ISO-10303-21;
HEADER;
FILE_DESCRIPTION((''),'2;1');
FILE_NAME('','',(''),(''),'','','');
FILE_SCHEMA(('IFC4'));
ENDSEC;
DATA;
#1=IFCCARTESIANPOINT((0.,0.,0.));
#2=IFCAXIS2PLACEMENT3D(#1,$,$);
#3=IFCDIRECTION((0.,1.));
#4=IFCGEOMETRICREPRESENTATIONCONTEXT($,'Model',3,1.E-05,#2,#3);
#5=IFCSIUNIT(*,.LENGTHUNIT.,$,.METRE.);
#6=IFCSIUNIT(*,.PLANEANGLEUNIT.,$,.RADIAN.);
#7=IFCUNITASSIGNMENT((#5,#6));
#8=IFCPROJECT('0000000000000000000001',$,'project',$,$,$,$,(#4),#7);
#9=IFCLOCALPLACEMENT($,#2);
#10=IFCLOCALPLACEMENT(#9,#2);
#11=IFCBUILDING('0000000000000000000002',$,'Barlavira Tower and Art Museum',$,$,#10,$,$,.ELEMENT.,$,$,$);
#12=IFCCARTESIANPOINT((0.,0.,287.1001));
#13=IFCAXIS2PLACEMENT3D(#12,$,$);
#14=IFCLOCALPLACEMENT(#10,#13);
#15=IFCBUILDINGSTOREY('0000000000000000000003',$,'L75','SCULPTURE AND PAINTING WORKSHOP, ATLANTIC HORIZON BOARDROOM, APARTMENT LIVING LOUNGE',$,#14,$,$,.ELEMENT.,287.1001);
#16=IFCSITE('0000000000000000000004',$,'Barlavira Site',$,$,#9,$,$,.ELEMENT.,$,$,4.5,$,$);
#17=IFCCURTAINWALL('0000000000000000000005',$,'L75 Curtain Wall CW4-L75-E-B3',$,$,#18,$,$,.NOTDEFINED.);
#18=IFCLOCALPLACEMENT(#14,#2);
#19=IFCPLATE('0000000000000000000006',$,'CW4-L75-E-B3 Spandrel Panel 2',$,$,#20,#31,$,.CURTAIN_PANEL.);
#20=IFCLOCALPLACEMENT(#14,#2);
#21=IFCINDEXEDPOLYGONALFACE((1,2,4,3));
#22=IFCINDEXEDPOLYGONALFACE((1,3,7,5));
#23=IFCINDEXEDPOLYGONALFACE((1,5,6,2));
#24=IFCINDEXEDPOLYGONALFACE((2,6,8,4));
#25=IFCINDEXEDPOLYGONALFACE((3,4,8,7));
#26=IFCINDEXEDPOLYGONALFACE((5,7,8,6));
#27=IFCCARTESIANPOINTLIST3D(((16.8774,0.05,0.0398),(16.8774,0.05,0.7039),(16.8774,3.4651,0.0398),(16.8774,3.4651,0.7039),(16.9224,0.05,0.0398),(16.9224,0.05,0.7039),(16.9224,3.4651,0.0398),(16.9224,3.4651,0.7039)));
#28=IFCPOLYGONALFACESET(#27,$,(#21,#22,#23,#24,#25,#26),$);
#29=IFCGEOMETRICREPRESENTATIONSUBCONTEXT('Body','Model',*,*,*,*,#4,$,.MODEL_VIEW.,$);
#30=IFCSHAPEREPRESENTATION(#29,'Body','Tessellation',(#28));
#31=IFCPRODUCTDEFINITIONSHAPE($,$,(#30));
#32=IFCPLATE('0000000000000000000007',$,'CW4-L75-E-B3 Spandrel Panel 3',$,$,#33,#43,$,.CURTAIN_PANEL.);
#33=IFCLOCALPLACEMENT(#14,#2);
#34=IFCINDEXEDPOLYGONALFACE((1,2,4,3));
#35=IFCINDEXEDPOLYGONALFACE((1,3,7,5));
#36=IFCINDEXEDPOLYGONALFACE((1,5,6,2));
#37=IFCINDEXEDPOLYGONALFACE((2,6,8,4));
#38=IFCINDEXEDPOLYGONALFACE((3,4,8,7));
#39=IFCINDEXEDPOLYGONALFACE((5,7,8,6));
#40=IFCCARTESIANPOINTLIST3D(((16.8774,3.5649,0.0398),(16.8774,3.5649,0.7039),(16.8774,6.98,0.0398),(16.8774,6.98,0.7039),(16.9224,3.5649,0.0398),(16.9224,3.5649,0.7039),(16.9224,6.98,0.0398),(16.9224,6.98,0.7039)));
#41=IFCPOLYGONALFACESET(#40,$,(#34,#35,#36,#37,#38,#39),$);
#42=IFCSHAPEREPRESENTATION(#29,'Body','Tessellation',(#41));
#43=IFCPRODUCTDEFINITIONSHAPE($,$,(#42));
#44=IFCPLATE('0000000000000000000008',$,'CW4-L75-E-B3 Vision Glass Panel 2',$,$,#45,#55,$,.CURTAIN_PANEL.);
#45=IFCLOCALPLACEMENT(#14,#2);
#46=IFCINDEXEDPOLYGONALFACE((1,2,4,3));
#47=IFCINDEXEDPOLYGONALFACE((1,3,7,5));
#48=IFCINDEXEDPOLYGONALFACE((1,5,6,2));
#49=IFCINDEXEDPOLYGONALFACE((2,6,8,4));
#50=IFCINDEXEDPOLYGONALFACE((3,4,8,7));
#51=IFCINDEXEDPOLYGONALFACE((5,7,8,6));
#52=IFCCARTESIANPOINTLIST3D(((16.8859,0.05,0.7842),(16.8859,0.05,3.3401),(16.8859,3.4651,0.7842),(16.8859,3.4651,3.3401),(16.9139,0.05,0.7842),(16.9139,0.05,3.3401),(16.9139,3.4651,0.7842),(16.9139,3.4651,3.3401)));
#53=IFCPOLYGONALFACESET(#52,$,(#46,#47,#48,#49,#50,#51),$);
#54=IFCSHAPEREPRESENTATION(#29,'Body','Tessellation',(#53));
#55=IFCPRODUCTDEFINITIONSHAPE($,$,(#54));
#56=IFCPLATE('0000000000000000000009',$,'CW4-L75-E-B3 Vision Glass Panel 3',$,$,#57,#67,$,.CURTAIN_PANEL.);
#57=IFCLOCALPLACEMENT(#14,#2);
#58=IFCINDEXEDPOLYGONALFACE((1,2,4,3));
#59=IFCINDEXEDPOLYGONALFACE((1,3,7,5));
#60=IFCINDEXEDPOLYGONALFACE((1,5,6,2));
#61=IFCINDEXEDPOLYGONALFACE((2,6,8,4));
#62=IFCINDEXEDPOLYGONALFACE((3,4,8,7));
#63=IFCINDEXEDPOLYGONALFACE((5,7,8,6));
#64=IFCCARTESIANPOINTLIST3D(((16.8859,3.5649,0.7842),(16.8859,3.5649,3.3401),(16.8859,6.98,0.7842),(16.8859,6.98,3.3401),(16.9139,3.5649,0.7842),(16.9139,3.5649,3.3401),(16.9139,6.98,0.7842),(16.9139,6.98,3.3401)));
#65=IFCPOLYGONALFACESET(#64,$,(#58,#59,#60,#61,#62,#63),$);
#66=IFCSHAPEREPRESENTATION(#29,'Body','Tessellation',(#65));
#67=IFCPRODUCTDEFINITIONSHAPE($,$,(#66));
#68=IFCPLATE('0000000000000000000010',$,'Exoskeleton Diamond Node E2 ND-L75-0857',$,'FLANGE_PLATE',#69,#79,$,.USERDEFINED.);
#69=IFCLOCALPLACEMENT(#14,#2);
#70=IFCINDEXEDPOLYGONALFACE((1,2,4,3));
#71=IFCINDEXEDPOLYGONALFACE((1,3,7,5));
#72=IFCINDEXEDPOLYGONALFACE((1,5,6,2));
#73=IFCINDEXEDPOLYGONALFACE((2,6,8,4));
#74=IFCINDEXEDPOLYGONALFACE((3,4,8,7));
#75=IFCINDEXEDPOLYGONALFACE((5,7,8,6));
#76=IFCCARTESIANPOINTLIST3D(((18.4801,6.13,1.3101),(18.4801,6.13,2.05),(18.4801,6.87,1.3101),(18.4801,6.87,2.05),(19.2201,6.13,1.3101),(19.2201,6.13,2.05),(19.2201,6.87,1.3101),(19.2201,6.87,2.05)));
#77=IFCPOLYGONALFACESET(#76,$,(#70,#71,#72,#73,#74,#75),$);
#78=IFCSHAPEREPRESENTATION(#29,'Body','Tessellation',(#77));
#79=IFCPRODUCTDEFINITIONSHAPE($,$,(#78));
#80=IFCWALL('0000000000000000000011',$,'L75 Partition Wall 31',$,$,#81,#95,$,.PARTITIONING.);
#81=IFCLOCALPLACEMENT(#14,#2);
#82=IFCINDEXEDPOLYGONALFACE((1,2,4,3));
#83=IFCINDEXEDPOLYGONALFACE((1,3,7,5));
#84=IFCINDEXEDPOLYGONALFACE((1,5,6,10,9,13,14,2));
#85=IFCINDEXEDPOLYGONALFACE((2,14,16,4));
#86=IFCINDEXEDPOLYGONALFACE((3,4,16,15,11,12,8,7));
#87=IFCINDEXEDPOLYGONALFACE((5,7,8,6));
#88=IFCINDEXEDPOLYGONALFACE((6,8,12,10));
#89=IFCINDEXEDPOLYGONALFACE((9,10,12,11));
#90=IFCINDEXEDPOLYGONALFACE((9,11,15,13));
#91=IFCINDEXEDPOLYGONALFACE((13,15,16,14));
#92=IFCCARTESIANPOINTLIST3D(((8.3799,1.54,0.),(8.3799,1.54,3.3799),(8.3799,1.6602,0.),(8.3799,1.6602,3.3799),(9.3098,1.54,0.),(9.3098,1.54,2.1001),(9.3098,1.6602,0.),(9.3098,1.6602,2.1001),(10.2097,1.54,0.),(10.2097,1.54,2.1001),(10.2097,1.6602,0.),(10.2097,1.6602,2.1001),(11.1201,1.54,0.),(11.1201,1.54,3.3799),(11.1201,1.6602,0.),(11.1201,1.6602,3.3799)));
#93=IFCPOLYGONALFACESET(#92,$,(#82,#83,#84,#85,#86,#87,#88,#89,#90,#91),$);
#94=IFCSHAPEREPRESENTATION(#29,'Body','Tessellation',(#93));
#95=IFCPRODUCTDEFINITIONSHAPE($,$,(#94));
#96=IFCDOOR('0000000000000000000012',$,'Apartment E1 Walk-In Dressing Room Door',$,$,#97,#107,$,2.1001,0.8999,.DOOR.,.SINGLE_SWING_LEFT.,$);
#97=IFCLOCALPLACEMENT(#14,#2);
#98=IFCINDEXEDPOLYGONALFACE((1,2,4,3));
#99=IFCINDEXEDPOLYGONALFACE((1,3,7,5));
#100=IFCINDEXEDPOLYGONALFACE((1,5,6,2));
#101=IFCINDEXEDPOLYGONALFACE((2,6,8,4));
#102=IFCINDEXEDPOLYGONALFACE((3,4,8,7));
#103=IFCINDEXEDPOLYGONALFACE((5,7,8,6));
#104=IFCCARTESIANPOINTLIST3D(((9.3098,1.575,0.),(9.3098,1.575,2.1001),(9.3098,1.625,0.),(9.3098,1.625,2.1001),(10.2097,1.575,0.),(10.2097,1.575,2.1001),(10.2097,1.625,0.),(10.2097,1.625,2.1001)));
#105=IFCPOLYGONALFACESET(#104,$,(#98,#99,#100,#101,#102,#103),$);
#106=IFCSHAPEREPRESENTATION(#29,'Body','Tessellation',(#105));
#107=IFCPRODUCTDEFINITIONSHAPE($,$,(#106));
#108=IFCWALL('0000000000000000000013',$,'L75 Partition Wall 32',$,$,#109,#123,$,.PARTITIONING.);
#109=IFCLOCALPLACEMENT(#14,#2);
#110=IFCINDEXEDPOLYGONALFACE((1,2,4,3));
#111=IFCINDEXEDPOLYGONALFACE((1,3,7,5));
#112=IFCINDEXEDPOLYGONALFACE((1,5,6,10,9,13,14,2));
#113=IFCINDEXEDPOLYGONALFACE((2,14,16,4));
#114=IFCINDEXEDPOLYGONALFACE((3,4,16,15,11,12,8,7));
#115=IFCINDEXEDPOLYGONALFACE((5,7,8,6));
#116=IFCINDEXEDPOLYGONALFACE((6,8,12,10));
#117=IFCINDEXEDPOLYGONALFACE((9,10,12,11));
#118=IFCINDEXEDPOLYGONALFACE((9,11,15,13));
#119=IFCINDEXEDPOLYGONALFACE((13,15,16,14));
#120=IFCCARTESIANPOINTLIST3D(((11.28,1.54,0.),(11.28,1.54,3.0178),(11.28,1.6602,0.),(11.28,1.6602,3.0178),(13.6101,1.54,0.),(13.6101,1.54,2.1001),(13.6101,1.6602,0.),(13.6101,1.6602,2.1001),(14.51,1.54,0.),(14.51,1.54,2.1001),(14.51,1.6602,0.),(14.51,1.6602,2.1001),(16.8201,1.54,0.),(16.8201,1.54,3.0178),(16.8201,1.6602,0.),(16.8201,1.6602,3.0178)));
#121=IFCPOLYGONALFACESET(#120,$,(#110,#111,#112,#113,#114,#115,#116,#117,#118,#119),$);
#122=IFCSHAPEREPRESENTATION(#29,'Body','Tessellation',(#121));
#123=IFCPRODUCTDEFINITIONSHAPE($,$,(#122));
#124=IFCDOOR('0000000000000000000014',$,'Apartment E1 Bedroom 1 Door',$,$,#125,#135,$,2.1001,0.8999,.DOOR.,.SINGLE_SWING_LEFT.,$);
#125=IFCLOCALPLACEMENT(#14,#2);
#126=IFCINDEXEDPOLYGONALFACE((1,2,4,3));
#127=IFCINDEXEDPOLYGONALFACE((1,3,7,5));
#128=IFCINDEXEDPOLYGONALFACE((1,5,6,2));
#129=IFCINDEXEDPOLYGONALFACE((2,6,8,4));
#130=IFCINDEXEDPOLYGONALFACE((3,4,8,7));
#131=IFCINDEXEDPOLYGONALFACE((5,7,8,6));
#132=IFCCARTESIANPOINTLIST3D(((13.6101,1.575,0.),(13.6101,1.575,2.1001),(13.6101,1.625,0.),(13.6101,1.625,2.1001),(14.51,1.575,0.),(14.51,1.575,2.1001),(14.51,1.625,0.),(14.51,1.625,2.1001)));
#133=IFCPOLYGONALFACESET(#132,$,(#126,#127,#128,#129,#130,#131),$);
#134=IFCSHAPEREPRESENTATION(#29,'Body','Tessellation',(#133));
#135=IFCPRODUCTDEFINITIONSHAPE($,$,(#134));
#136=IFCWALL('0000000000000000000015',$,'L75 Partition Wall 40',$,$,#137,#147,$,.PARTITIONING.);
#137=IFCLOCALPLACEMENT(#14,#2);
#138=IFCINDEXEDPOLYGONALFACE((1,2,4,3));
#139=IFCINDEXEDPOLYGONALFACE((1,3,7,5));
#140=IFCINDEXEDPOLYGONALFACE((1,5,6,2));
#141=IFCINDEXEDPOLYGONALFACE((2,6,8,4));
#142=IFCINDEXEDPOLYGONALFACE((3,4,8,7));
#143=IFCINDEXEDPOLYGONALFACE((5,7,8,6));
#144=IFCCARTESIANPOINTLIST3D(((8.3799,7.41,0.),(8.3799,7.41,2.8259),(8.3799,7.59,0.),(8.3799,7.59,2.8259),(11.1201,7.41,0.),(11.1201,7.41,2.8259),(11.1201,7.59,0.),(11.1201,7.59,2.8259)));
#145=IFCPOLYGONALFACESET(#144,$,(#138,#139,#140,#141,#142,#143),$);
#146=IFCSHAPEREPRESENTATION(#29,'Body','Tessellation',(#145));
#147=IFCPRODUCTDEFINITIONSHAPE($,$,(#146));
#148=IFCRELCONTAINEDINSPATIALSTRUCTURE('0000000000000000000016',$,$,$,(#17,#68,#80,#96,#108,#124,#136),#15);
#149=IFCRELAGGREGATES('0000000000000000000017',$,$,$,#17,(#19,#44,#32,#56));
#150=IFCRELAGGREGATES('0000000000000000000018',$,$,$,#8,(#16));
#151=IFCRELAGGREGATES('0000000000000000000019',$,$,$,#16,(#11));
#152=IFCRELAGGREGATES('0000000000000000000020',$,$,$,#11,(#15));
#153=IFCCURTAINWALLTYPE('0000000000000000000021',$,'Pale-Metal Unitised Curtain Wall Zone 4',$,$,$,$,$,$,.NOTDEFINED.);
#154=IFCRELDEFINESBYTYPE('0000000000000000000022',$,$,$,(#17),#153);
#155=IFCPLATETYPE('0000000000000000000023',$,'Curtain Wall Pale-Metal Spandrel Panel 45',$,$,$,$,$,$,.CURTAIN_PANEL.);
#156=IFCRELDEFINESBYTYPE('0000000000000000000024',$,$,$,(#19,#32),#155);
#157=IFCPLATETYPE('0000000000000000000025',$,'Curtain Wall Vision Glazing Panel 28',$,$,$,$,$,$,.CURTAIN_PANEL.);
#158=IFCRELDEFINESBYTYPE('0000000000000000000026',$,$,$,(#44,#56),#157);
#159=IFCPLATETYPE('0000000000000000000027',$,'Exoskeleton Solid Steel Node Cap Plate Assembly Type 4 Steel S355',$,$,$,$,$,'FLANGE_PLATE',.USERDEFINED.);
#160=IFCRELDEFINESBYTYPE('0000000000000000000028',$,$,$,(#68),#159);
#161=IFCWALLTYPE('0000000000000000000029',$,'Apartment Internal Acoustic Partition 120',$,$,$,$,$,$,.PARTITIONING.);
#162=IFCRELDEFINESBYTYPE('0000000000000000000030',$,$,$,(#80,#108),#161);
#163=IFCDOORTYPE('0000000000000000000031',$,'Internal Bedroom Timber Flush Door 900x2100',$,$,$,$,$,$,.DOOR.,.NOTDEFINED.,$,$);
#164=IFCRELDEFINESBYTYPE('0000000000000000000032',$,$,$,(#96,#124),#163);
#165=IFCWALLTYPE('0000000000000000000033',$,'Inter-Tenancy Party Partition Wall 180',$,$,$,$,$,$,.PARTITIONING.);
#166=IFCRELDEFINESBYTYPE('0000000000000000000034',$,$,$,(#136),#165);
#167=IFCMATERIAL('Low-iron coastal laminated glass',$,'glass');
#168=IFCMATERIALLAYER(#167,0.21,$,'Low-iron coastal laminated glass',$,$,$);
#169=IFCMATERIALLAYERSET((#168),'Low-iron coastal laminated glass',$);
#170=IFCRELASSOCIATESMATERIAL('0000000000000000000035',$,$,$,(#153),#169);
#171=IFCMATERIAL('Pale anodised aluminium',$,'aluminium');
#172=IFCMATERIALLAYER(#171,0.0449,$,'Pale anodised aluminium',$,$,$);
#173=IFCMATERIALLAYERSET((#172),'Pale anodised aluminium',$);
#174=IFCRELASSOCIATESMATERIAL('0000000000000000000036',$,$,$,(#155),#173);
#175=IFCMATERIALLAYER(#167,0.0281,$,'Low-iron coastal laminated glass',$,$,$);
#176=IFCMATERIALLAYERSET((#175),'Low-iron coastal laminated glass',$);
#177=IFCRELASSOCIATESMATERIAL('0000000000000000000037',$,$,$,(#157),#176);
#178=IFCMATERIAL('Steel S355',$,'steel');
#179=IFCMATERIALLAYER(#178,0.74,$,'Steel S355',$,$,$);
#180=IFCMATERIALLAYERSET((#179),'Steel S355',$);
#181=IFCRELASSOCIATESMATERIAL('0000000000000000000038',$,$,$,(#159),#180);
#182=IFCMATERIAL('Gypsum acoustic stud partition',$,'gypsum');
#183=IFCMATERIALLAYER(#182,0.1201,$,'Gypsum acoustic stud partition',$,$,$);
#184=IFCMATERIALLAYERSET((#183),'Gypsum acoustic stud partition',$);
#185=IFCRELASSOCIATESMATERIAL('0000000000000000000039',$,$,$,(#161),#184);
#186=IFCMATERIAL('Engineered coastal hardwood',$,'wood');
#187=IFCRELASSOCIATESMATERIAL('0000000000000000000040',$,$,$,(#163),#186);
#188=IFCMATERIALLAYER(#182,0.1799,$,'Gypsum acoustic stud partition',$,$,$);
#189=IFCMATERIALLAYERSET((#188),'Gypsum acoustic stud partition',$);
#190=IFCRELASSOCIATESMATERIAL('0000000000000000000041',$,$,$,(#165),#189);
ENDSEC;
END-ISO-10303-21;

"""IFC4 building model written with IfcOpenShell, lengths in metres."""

from ifc_helpers import new_model, si_unit, direction, frame, frame_2d, origin, origin_2d, place, context, subcontext, project, spatial, rectangle, extrude, material, layer, layer_set, type_object, element, fill, aggregate, save


model = new_model("IFC4")

# Units and contexts
model_context = context("Model", 3, precision=1e-05, world=origin(), true_north=direction((0.0, 1.0)))
body_context = subcontext(model_context, "Body", "Model", "MODEL_VIEW")
ifc_project = project(units=[si_unit("LENGTHUNIT", "METRE"), si_unit("PLANEANGLEUNIT", "RADIAN")], contexts=[model_context])

# Site, building, storey
site_placement = place(None, origin())
site = spatial("IfcSite", under=ifc_project, at=site_placement, Name="Barlavira Site", CompositionType="ELEMENT", RefElevation=4.5)
building_placement = place(site_placement, origin())
building = spatial("IfcBuilding", under=site, at=building_placement, Name="Barlavira Tower and Art Museum", CompositionType="ELEMENT")
storey_placement = place(building_placement, frame((0.0, 0.0, 287.1001)))
storey = spatial("IfcBuildingStorey", under=building, at=storey_placement, Name="L75", Description="SCULPTURE AND PAINTING WORKSHOP, ATLANTIC HORIZON BOARDROOM, APARTMENT LIVING LOUNGE", CompositionType="ELEMENT", Elevation=287.1001)

# Curtain wall
ifc_material_1 = material(Name="Low-iron coastal laminated glass", Category="glass")
ifc_layer_1 = layer(ifc_material_1, 0.21, Name="Low-iron coastal laminated glass")
ifc_layer_set_1 = layer_set([ifc_layer_1], Name="Low-iron coastal laminated glass")
curtain_wall_type = type_object("IfcCurtainWallType", Name="Pale-Metal Unitised Curtain Wall Zone 4", PredefinedType="NOTDEFINED", material=ifc_layer_set_1)
curtain_wall_placement = place(storey_placement, origin())
curtain_wall = element("IfcCurtainWall", 1, at=curtain_wall_placement, inside=storey, type_object=curtain_wall_type, Name="L75 Curtain Wall CW4-L75-E-B3", PredefinedType="NOTDEFINED")
ifc_material_2 = material(Name="Pale anodised aluminium", Category="aluminium")

# Shared definitions
ifc_material_3 = material(Name="Steel S355", Category="steel")

# Plates
ifc_layer_2 = layer(ifc_material_2, 0.0449, Name="Pale anodised aluminium")
ifc_layer_set_2 = layer_set([ifc_layer_2], Name="Pale anodised aluminium")
plate_type_1 = type_object("IfcPlateType", Name="Curtain Wall Pale-Metal Spandrel Panel 45", PredefinedType="CURTAIN_PANEL", material=ifc_layer_set_2)
plate_1_placement = place(storey_placement, frame((16.8999, 1.7576, 0.0398), z_axis=(0.0, 0.0, 1.0), x_axis=(0.0, 1.0, 0.0)))
plate_1 = element("IfcPlate", 2, at=plate_1_placement, type_object=plate_type_1, Name="CW4-L75-E-B3 Spandrel Panel 2", PredefinedType="CURTAIN_PANEL", context=body_context, shape_type="SweptSolid", body=[
    extrude(rectangle(XDim=3.415, YDim=0.0449, at=origin_2d()), origin(), (0.0, 0.0, 1.0), 0.6641),
])
plate_2_placement = place(storey_placement, frame((16.8999, 5.2725, 0.0398), z_axis=(0.0, 0.0, 1.0), x_axis=(0.0, 1.0, 0.0)))
plate_2 = element("IfcPlate", 3, at=plate_2_placement, type_object=plate_type_1, Name="CW4-L75-E-B3 Spandrel Panel 3", PredefinedType="CURTAIN_PANEL", context=body_context, shape_type="SweptSolid", body=[
    extrude(rectangle(XDim=3.415, YDim=0.0449, at=origin_2d()), origin(), (0.0, 0.0, 1.0), 0.6641),
])
ifc_layer_3 = layer(ifc_material_1, 0.0281, Name="Low-iron coastal laminated glass")
ifc_layer_set_3 = layer_set([ifc_layer_3], Name="Low-iron coastal laminated glass")
plate_type_2 = type_object("IfcPlateType", Name="Curtain Wall Vision Glazing Panel 28", PredefinedType="CURTAIN_PANEL", material=ifc_layer_set_3)
plate_3_placement = place(storey_placement, frame((16.8999, 1.7576, 0.7842), z_axis=(0.0, 0.0, 1.0), x_axis=(0.0, 1.0, 0.0)))
plate_3 = element("IfcPlate", 4, at=plate_3_placement, type_object=plate_type_2, Name="CW4-L75-E-B3 Vision Glass Panel 2", PredefinedType="CURTAIN_PANEL", context=body_context, shape_type="SweptSolid", body=[
    extrude(rectangle(XDim=3.415, YDim=0.0281, at=origin_2d()), origin(), (0.0, 0.0, 1.0), 2.5559),
])
plate_4_placement = place(storey_placement, frame((16.8999, 5.2725, 0.7842), z_axis=(0.0, 0.0, 1.0), x_axis=(0.0, 1.0, 0.0)))
plate_4 = element("IfcPlate", 5, at=plate_4_placement, type_object=plate_type_2, Name="CW4-L75-E-B3 Vision Glass Panel 3", PredefinedType="CURTAIN_PANEL", context=body_context, shape_type="SweptSolid", body=[
    extrude(rectangle(XDim=3.415, YDim=0.0281, at=origin_2d()), origin(), (0.0, 0.0, 1.0), 2.5559),
])
aggregate(curtain_wall, [plate_1, plate_3, plate_2, plate_4])
ifc_layer_4 = layer(ifc_material_3, 0.74, Name="Steel S355")
ifc_layer_set_4 = layer_set([ifc_layer_4], Name="Steel S355")
plate_type_3 = type_object("IfcPlateType", Name="Exoskeleton Solid Steel Node Cap Plate Assembly Type 4 Steel S355", ElementType="FLANGE_PLATE", PredefinedType="USERDEFINED", material=ifc_layer_set_4)
plate_5_placement = place(storey_placement, frame((18.8501, 6.5, 1.3101), z_axis=(0.0, 0.0, 1.0), x_axis=(1.0, 0.0, 0.0)))
element("IfcPlate", 6, at=plate_5_placement, inside=storey, type_object=plate_type_3, Name="Exoskeleton Diamond Node E2 ND-L75-0857", ObjectType="FLANGE_PLATE", PredefinedType="USERDEFINED", context=body_context, shape_type="SweptSolid", body=[
    extrude(rectangle(XDim=0.74, YDim=0.74, at=origin_2d()), origin(), (0.0, 0.0, 1.0), 0.74),
])

# Walls, openings, doors
ifc_material_4 = material(Name="Gypsum acoustic stud partition", Category="gypsum")
ifc_layer_5 = layer(ifc_material_4, 0.1201, Name="Gypsum acoustic stud partition")
ifc_layer_set_5 = layer_set([ifc_layer_5], Name="Gypsum acoustic stud partition")
wall_type_1 = type_object("IfcWallType", Name="Apartment Internal Acoustic Partition 120", PredefinedType="PARTITIONING", material=ifc_layer_set_5)
wall_1_placement = place(storey_placement, frame((8.3799, 1.6001, 0.0), z_axis=(0.0, 0.0, 1.0), x_axis=(1.0, 0.0, 0.0)))
wall_1 = element("IfcWall", 7, at=wall_1_placement, inside=storey, type_object=wall_type_1, Name="L75 Partition Wall 31", PredefinedType="PARTITIONING", context=body_context, shape_type="SweptSolid", body=[
    extrude(rectangle(XDim=2.7402, YDim=0.1201, at=frame_2d((1.3701, 0.0))), origin(), (0.0, 0.0, 1.0), 3.3799),
])
opening_1_placement = place(wall_1_placement, frame((0.9299, 0.0, 0.0)))
opening_1 = element("IfcOpeningElement", 8, at=opening_1_placement, cuts=wall_1, PredefinedType="OPENING", context=body_context, shape_type="SweptSolid", body=[
    extrude(rectangle(XDim=0.8999, YDim=2.1001, at=frame_2d((0.45, 1.05))), frame((0.0, 0.0701, 0.0), z_axis=(0.0, -1.0, 0.0), x_axis=(1.0, 0.0, 0.0)), (0.0, 0.0, 1.0), 0.1401),
])
ifc_material_5 = material(Name="Engineered coastal hardwood", Category="wood")
door_type = type_object("IfcDoorType", Name="Internal Bedroom Timber Flush Door 900x2100", OperationType="NOTDEFINED", PredefinedType="DOOR", material=ifc_material_5)
door_1_placement = place(opening_1_placement, origin())
door_1 = element("IfcDoor", 9, at=door_1_placement, inside=storey, type_object=door_type, Name="Apartment E1 Walk-In Dressing Room Door", OperationType="SINGLE_SWING_LEFT", OverallHeight=2.1001, OverallWidth=0.8999, PredefinedType="DOOR", context=body_context, shape_type="SweptSolid", body=[
    extrude(rectangle(XDim=0.8999, YDim=2.1001, at=frame_2d((0.45, 1.05))), frame((0.0, 0.0249, 0.0), z_axis=(0.0, -1.0, 0.0), x_axis=(1.0, 0.0, 0.0)), (0.0, 0.0, 1.0), 0.05),
])
fill(opening_1, door_1)
wall_2_placement = place(storey_placement, frame((11.28, 1.6001, 0.0), z_axis=(0.0, 0.0, 1.0), x_axis=(1.0, 0.0, 0.0)))
wall_2 = element("IfcWall", 10, at=wall_2_placement, inside=storey, type_object=wall_type_1, Name="L75 Partition Wall 32", PredefinedType="PARTITIONING", context=body_context, shape_type="SweptSolid", body=[
    extrude(rectangle(XDim=5.54, YDim=0.1201, at=frame_2d((2.77, 0.0))), origin(), (0.0, 0.0, 1.0), 3.0178),
])
opening_2_placement = place(wall_2_placement, frame((2.3301, 0.0, 0.0)))
opening_2 = element("IfcOpeningElement", 11, at=opening_2_placement, cuts=wall_2, PredefinedType="OPENING", context=body_context, shape_type="SweptSolid", body=[
    extrude(rectangle(XDim=0.8999, YDim=2.1001, at=frame_2d((0.45, 1.05))), frame((0.0, 0.0701, 0.0), z_axis=(0.0, -1.0, 0.0), x_axis=(1.0, 0.0, 0.0)), (0.0, 0.0, 1.0), 0.1401),
])
door_2_placement = place(opening_2_placement, origin())
door_2 = element("IfcDoor", 12, at=door_2_placement, inside=storey, type_object=door_type, Name="Apartment E1 Bedroom 1 Door", OperationType="SINGLE_SWING_LEFT", OverallHeight=2.1001, OverallWidth=0.8999, PredefinedType="DOOR", context=body_context, shape_type="SweptSolid", body=[
    extrude(rectangle(XDim=0.8999, YDim=2.1001, at=frame_2d((0.45, 1.05))), frame((0.0, 0.0249, 0.0), z_axis=(0.0, -1.0, 0.0), x_axis=(1.0, 0.0, 0.0)), (0.0, 0.0, 1.0), 0.05),
])
fill(opening_2, door_2)

# Wall
ifc_layer_6 = layer(ifc_material_4, 0.1799, Name="Gypsum acoustic stud partition")
ifc_layer_set_6 = layer_set([ifc_layer_6], Name="Gypsum acoustic stud partition")
wall_type_2 = type_object("IfcWallType", Name="Inter-Tenancy Party Partition Wall 180", PredefinedType="PARTITIONING", material=ifc_layer_set_6)
wall_3_placement = place(storey_placement, frame((8.3799, 7.5, 0.0), z_axis=(0.0, 0.0, 1.0), x_axis=(1.0, 0.0, 0.0)))
element("IfcWall", 13, at=wall_3_placement, inside=storey, type_object=wall_type_2, Name="L75 Partition Wall 40", PredefinedType="PARTITIONING", context=body_context, shape_type="SweptSolid", body=[
    extrude(rectangle(XDim=2.7402, YDim=0.1799, at=frame_2d((1.3701, 0.0))), origin(), (0.0, 0.0, 1.0), 2.8259),
])

save(model, "model.ifc")
